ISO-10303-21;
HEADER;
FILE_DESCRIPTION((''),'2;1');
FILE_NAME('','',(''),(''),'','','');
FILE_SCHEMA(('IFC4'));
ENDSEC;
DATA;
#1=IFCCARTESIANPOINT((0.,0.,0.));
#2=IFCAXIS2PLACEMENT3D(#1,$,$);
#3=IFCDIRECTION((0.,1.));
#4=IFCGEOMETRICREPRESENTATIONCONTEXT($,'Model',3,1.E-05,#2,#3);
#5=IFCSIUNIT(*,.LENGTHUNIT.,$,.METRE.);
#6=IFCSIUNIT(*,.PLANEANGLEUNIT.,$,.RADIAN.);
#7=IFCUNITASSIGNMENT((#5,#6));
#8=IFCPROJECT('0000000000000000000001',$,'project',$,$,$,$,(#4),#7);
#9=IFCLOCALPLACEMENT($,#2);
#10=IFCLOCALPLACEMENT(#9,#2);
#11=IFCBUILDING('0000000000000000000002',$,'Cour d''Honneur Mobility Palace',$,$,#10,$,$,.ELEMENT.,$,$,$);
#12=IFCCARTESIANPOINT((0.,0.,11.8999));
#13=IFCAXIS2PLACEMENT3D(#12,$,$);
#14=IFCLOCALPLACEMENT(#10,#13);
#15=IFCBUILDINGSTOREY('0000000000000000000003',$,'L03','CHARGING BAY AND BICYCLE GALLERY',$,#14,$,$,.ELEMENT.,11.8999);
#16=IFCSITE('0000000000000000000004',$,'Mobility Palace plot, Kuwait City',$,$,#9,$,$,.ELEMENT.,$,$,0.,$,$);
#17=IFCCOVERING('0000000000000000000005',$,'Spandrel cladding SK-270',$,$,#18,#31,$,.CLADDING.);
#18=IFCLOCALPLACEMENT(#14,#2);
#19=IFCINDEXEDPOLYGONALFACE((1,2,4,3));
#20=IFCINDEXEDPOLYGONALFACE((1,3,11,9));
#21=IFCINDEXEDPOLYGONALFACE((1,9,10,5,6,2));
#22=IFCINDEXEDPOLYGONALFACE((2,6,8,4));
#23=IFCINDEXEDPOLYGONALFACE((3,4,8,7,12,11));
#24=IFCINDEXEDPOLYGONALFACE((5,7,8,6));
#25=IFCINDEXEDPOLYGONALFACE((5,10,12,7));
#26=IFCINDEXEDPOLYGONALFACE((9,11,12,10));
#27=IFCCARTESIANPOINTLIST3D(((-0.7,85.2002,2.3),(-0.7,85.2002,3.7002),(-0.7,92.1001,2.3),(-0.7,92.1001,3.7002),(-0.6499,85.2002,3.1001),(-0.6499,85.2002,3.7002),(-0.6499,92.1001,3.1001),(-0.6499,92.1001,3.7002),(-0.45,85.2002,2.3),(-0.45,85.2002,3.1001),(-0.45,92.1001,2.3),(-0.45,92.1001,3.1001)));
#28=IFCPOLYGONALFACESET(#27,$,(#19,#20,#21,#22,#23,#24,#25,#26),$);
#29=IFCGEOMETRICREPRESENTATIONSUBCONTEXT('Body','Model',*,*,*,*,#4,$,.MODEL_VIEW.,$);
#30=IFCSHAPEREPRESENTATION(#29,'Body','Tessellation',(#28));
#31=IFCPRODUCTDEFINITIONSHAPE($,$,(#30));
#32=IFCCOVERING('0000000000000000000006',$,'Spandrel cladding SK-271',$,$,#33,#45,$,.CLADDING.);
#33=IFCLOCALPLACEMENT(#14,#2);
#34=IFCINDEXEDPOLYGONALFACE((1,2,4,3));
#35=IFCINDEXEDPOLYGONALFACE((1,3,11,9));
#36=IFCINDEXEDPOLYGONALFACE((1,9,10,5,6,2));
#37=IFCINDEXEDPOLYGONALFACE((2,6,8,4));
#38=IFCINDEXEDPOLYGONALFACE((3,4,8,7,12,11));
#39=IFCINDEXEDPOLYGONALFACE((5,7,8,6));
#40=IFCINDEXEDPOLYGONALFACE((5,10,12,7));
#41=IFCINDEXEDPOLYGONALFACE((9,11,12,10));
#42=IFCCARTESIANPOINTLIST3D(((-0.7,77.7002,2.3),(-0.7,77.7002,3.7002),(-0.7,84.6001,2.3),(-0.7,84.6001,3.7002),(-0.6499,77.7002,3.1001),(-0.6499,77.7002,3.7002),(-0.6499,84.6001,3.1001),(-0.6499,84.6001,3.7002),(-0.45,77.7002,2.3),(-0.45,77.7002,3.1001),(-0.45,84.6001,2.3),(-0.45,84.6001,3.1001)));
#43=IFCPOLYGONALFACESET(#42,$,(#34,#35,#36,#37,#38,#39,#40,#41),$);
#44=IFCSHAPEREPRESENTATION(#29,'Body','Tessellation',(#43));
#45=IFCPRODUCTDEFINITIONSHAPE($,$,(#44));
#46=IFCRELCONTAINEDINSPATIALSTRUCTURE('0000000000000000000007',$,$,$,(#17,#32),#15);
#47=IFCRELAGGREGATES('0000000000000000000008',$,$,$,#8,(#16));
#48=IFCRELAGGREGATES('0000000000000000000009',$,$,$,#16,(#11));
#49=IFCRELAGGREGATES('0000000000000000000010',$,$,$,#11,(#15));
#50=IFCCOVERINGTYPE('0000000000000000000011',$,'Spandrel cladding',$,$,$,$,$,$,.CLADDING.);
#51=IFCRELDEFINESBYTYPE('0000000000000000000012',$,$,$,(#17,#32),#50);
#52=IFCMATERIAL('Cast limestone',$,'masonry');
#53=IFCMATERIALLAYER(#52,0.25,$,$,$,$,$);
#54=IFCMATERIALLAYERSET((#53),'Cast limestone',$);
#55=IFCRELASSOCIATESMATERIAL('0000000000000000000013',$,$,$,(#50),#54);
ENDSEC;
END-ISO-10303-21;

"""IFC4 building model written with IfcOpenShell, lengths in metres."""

from ifc_helpers import new_model, si_unit, direction, frame, origin, place, context, subcontext, project, spatial, polyline, outline, extrude, material, layer, layer_set, type_object, element, save


model = new_model("IFC4")

# Units and contexts
model_context = context("Model", 3, precision=1e-05, world=origin(), true_north=direction((0.0, 1.0)))
body_context = subcontext(model_context, "Body", "Model", "MODEL_VIEW")
ifc_project = project(units=[si_unit("LENGTHUNIT", "METRE"), si_unit("PLANEANGLEUNIT", "RADIAN")], contexts=[model_context])

# Site, building, storey
site_placement = place(None, origin())
site = spatial("IfcSite", under=ifc_project, at=site_placement, Name="Mobility Palace plot, Kuwait City", CompositionType="ELEMENT", RefElevation=0.0)
building_placement = place(site_placement, origin())
building = spatial("IfcBuilding", under=site, at=building_placement, Name="Cour d'Honneur Mobility Palace", CompositionType="ELEMENT")
storey_placement = place(building_placement, frame((0.0, 0.0, 11.8999)))
storey = spatial("IfcBuildingStorey", under=building, at=storey_placement, Name="L03", Description="CHARGING BAY AND BICYCLE GALLERY", CompositionType="ELEMENT", Elevation=11.8999)

# Coverings
ifc_material_1 = material(Name="Cast limestone", Category="masonry")
ifc_layer_1 = layer(ifc_material_1, 0.25)
ifc_layer_set_1 = layer_set([ifc_layer_1], Name="Cast limestone")
covering_type = type_object("IfcCoveringType", Name="Spandrel cladding", PredefinedType="CLADDING", material=ifc_layer_set_1)
for number, where, z_axis, x_axis, name in (
    (1, (-0.45, 92.1001, 2.3), (0.0, 1.0, 0.0), (-1.0, 0.0, 0.0), "Spandrel cladding SK-270"),
    (2, (-0.45, 84.6001, 2.3), (0.0, 1.0, 0.0), (-1.0, 0.0, 0.0), "Spandrel cladding SK-271"),
):
    element("IfcCovering", number, at=place(storey_placement, frame(where, z_axis=z_axis, x_axis=x_axis)), inside=storey, type_object=covering_type, Name=name, PredefinedType="CLADDING", context=body_context, shape_type="SweptSolid", body=[
        extrude(outline(polyline([(0.0, 0.0), (0.25, 0.0), (0.25, 1.4001), (0.2, 1.4001), (0.2, 0.8), (0.0, 0.8), (0.0, 0.0)])), origin(), (0.0, 0.0, -1.0), 6.8999),
    ])

save(model, "model.ifc")
